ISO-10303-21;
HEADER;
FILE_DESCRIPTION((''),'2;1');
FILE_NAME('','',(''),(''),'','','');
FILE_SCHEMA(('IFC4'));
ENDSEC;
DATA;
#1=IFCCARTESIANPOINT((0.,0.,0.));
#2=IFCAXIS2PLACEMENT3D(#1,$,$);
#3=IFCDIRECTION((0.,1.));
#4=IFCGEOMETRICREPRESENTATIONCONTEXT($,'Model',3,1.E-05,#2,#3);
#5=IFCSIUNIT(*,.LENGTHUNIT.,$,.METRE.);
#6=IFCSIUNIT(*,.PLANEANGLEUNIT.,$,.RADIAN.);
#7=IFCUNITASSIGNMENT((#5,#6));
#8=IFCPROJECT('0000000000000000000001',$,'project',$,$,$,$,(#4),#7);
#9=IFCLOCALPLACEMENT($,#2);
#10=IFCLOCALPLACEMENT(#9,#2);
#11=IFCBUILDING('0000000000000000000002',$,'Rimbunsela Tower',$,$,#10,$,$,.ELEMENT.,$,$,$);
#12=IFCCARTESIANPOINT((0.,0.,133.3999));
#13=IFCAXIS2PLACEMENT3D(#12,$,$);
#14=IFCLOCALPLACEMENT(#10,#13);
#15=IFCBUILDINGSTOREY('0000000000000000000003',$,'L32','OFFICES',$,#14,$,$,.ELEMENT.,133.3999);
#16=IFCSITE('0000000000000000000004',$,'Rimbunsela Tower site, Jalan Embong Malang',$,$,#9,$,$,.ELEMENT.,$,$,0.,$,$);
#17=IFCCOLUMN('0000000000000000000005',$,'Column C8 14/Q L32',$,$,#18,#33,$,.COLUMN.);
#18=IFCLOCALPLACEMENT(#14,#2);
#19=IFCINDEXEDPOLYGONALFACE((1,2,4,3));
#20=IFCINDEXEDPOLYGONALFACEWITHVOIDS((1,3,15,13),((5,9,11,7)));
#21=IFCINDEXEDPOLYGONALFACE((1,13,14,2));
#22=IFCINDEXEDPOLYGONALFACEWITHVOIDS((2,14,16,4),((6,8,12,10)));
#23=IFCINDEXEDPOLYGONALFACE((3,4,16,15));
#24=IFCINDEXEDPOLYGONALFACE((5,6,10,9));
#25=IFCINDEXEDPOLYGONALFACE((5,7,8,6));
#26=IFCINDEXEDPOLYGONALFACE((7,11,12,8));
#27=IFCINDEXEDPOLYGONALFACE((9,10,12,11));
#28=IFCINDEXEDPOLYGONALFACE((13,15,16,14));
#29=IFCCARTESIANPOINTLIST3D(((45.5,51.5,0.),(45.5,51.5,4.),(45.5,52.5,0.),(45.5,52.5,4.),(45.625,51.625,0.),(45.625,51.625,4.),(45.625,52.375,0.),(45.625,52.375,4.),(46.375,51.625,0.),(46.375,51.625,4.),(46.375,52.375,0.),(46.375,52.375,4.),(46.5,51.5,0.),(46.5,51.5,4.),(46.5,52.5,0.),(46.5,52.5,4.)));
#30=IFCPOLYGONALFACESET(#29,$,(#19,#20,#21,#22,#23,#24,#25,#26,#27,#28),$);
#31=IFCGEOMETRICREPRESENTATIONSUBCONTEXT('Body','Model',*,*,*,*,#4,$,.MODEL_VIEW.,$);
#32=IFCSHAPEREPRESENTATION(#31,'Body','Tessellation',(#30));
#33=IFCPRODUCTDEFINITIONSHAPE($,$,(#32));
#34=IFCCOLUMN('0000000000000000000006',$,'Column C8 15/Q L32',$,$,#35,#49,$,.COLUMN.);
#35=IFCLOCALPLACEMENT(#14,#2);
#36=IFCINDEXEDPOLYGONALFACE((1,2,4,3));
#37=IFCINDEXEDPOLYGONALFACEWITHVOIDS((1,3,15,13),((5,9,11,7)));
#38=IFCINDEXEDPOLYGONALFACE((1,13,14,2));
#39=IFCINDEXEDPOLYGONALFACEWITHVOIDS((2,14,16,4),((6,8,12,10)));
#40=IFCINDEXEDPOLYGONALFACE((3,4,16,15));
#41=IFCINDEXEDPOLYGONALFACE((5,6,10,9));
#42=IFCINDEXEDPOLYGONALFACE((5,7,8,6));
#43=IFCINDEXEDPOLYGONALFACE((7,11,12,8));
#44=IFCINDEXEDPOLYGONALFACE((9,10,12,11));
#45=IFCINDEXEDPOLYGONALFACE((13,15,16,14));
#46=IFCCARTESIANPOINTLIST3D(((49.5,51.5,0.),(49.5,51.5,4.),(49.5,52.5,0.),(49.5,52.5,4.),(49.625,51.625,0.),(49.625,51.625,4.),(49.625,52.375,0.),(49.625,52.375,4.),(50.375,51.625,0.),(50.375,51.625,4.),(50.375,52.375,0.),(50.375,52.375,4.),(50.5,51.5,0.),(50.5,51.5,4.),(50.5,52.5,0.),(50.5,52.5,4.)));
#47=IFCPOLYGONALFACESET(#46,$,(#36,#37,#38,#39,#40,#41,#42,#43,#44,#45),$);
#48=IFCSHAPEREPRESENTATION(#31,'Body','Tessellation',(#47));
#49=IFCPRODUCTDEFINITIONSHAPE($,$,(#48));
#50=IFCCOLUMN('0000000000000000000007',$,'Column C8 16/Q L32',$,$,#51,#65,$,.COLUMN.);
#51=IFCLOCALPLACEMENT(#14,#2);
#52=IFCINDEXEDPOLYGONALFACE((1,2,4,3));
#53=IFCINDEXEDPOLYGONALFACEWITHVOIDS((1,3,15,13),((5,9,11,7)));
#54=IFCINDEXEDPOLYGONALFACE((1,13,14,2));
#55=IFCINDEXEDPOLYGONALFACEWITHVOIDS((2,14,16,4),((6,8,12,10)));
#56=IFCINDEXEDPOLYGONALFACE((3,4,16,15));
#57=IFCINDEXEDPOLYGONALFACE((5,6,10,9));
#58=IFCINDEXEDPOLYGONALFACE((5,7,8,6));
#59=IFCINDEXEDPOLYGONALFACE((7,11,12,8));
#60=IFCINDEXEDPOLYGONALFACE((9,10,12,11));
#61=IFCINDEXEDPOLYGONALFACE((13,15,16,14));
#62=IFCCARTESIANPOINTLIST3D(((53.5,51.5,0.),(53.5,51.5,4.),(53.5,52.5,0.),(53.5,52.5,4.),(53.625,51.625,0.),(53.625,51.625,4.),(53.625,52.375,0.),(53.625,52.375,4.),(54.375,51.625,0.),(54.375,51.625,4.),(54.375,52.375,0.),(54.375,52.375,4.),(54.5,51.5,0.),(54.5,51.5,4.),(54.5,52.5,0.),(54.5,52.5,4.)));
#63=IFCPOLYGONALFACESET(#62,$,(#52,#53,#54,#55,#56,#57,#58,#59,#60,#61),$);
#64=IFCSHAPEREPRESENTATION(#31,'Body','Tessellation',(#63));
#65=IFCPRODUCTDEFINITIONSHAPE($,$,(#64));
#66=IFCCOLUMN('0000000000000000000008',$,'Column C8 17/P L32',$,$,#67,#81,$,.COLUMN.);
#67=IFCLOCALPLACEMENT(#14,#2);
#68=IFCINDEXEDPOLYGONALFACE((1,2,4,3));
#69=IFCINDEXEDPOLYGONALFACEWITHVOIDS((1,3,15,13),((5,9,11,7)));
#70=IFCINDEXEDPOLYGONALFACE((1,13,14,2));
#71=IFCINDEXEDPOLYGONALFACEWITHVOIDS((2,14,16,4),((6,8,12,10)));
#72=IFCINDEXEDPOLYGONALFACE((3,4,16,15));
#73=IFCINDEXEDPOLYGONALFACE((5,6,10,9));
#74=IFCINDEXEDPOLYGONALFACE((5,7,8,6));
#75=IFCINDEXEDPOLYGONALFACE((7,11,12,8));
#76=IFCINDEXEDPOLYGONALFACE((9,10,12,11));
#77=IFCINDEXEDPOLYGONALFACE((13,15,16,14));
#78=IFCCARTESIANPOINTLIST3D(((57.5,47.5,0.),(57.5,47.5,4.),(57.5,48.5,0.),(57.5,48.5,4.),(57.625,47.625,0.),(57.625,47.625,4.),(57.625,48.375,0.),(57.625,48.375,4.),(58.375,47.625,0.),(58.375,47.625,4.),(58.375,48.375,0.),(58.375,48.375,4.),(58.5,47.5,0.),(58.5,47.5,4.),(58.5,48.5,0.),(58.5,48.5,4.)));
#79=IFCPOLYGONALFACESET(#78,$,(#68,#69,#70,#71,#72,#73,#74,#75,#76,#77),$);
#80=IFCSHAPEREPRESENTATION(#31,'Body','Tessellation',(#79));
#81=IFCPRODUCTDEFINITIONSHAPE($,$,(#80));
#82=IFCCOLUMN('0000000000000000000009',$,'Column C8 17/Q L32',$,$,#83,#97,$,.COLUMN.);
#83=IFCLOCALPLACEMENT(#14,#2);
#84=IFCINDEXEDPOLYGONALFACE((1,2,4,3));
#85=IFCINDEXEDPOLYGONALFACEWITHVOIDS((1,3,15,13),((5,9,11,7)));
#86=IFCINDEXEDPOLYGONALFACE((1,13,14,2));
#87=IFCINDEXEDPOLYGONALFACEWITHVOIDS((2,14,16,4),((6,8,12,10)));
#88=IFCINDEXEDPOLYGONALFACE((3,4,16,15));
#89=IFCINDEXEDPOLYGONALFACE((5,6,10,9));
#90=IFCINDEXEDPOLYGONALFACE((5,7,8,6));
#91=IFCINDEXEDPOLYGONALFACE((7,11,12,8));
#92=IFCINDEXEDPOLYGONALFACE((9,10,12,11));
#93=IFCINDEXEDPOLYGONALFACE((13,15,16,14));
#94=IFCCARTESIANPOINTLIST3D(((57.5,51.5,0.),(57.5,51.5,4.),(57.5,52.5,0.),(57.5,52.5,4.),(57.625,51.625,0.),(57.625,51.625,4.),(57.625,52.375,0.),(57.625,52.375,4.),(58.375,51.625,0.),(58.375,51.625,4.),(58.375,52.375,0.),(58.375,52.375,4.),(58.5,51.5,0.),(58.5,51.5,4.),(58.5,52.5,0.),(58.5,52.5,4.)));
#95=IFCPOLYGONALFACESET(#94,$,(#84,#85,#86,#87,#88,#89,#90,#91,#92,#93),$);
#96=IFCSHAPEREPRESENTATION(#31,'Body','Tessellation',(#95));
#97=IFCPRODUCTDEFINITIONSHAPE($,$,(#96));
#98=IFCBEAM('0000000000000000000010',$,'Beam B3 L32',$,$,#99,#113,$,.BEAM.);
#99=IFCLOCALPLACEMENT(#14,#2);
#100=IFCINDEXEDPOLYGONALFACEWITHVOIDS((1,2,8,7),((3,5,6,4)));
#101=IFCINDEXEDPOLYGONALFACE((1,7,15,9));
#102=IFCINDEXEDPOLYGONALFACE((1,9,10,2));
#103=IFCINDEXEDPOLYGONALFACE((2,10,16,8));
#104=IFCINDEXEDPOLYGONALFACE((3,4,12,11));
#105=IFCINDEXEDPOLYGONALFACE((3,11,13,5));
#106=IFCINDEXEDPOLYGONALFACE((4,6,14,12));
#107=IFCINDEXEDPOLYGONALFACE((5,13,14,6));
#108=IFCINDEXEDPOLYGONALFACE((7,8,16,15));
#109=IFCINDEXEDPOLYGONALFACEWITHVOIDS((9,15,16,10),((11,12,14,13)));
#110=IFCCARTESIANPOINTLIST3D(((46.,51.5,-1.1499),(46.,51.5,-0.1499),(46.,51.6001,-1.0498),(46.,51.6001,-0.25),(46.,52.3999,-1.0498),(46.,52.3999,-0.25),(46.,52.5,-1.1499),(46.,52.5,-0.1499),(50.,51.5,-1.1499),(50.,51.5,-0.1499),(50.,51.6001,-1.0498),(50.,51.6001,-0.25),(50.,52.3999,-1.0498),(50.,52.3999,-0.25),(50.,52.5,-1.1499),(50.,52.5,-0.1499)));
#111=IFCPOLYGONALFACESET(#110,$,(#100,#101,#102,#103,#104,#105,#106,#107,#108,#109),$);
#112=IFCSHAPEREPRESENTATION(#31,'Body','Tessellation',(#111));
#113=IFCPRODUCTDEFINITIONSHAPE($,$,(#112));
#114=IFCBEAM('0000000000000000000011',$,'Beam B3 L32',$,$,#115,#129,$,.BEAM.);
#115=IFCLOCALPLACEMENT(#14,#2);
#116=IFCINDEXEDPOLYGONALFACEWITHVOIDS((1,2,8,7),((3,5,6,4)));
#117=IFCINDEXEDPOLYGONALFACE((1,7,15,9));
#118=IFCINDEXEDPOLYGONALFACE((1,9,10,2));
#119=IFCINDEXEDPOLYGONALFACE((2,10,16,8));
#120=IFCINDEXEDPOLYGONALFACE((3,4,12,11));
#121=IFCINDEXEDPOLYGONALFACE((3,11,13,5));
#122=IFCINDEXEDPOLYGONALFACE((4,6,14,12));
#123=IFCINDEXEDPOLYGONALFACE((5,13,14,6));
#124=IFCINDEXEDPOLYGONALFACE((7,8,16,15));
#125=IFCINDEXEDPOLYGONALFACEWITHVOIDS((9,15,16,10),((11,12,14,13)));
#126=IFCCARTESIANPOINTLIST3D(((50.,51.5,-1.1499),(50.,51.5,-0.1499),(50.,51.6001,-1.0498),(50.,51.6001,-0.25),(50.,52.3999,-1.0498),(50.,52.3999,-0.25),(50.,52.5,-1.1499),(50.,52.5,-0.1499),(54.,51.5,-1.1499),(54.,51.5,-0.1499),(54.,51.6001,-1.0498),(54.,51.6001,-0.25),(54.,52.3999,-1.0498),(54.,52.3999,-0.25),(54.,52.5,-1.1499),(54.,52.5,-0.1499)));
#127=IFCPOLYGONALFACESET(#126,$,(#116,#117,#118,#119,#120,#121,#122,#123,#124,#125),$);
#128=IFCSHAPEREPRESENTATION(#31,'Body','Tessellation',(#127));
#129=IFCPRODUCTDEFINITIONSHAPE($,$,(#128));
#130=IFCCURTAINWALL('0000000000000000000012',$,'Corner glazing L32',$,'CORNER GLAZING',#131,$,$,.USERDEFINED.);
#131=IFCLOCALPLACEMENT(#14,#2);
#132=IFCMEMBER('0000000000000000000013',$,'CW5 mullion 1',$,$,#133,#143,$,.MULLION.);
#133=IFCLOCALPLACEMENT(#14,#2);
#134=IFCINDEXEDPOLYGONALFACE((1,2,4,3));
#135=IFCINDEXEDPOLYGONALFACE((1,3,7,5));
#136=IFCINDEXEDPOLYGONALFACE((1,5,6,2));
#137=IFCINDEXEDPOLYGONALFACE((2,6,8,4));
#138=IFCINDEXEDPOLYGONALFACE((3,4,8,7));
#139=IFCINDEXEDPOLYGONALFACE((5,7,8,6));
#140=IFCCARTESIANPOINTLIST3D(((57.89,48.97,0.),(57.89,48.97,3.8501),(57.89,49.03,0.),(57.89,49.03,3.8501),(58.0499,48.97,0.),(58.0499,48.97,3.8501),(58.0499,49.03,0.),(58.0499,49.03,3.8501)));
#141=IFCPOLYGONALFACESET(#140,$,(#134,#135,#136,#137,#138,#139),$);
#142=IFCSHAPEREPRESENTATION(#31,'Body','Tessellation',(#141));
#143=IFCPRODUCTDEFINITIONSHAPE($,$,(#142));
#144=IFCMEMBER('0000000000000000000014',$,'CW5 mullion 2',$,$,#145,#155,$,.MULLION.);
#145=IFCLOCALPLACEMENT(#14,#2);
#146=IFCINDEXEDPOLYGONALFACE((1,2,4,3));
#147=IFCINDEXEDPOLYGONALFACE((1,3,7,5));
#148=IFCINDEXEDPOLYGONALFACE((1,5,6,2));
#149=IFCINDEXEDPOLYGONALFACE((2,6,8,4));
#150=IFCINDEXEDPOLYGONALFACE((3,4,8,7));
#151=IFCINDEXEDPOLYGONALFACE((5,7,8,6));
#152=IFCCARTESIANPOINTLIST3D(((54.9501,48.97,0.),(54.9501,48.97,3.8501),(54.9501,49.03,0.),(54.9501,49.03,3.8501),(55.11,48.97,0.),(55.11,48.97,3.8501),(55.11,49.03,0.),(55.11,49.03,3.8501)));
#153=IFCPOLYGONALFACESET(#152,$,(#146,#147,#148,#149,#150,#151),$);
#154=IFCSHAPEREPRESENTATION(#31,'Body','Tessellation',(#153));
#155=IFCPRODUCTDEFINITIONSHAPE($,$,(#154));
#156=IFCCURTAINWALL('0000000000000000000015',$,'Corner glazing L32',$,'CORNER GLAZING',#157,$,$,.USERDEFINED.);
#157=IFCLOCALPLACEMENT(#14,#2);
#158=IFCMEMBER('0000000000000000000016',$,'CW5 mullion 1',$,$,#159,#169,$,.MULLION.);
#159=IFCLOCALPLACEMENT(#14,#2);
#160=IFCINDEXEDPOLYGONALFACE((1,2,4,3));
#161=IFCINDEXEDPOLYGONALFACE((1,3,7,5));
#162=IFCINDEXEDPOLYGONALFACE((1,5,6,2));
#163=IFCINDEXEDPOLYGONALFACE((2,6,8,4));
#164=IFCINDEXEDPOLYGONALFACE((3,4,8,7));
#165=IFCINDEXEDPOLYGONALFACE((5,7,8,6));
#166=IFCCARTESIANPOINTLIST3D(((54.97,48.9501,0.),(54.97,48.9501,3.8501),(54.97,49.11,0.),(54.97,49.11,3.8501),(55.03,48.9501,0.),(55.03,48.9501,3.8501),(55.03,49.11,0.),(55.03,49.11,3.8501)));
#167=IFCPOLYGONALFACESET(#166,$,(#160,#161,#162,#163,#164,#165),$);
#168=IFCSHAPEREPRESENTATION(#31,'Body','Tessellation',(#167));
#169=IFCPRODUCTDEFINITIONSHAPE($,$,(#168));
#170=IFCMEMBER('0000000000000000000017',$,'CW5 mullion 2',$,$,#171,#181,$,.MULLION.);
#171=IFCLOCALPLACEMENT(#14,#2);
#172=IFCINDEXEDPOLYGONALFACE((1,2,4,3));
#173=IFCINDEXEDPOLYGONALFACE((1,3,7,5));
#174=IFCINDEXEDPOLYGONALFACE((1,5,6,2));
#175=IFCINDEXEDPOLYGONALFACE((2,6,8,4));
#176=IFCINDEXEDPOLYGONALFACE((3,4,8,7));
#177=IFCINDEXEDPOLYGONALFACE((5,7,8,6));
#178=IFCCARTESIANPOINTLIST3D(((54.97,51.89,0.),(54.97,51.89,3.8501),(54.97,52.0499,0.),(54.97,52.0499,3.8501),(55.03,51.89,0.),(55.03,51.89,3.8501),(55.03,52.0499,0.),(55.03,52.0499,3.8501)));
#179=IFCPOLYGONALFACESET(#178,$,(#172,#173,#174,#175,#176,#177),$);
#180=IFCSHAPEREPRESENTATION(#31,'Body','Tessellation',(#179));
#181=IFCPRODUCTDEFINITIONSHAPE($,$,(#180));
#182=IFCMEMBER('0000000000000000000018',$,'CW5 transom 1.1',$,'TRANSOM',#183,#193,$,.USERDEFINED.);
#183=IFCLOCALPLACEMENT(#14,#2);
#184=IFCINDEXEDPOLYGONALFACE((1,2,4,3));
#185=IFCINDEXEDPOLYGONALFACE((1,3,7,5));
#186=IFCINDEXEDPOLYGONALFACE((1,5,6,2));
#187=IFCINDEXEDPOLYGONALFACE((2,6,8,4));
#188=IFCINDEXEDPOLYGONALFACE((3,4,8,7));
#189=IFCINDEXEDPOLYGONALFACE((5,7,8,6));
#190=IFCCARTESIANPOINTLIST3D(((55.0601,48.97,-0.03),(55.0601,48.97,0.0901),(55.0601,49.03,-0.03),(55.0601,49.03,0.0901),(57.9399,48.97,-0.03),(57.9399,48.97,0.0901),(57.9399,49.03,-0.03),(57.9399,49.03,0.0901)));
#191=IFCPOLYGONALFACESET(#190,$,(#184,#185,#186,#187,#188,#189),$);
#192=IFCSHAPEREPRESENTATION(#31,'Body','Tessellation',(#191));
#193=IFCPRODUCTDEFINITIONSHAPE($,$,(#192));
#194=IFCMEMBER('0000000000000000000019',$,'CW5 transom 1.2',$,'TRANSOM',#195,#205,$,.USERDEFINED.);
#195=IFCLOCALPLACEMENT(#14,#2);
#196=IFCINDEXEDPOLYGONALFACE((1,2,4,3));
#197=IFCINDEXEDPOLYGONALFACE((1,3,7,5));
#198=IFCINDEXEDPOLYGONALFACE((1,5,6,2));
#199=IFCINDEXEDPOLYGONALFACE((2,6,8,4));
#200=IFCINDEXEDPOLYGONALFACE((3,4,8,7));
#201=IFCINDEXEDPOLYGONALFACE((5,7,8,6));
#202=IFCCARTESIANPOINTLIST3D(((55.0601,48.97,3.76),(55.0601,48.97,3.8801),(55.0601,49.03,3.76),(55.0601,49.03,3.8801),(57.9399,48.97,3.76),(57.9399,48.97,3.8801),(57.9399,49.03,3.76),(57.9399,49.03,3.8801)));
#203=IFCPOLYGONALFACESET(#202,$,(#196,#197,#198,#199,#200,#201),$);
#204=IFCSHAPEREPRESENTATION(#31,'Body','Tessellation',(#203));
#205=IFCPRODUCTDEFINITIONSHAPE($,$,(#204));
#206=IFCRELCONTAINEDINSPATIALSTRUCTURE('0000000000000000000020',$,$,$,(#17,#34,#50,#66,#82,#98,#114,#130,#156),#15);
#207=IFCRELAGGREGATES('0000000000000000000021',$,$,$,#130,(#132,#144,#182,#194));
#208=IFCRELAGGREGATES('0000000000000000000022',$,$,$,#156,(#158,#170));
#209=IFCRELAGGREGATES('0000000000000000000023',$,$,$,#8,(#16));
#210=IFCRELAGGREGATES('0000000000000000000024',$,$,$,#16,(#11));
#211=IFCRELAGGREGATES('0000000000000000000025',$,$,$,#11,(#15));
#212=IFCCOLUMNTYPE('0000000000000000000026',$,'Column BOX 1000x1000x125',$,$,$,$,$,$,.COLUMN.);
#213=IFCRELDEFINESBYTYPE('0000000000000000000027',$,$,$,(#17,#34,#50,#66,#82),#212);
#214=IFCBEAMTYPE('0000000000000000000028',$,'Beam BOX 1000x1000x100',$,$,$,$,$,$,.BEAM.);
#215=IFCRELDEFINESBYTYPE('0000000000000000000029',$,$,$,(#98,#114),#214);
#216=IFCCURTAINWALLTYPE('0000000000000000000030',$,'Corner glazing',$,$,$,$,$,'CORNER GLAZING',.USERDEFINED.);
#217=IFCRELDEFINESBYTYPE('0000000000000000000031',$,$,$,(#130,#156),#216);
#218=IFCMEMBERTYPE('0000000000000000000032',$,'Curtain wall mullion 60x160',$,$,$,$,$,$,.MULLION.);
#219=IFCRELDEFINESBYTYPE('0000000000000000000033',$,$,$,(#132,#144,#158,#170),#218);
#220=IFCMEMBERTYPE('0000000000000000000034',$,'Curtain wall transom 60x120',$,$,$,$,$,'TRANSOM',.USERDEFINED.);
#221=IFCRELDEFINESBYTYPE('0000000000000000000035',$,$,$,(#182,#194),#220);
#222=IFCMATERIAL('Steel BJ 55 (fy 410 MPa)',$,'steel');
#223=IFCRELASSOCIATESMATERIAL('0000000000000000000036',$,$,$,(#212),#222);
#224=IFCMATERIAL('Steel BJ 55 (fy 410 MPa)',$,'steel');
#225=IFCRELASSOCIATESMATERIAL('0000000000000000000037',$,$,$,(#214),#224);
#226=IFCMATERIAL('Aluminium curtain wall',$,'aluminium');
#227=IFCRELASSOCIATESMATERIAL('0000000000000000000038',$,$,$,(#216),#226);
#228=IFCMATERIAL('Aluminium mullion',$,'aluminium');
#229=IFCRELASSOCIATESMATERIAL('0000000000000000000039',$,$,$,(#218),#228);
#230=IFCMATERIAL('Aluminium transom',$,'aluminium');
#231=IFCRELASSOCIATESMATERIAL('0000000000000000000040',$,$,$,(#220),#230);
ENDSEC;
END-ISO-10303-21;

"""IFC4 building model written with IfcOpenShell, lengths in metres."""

from ifc_helpers import new_model, si_unit, direction, frame, origin, origin_2d, place, context, subcontext, project, spatial, rectangle, hollow_rectangle, extrude, material, material_profile, profile_set, type_object, element, aggregate, save


model = new_model("IFC4")

# Units and contexts
model_context = context("Model", 3, precision=1e-05, world=origin(), true_north=direction((0.0, 1.0)))
body_context = subcontext(model_context, "Body", "Model", "MODEL_VIEW")
ifc_project = project(units=[si_unit("LENGTHUNIT", "METRE"), si_unit("PLANEANGLEUNIT", "RADIAN")], contexts=[model_context])

# Site, building, storey
site_placement = place(None, origin())
site = spatial("IfcSite", under=ifc_project, at=site_placement, Name="Rimbunsela Tower site, Jalan Embong Malang", CompositionType="ELEMENT", RefElevation=0.0)
building_placement = place(site_placement, origin())
building = spatial("IfcBuilding", under=site, at=building_placement, Name="Rimbunsela Tower", CompositionType="ELEMENT")
storey_placement = place(building_placement, frame((0.0, 0.0, 133.3999)))
storey = spatial("IfcBuildingStorey", under=building, at=storey_placement, Name="L32", Description="OFFICES", CompositionType="ELEMENT", Elevation=133.3999)

# Columns
ifc_material_1 = material(Name="Steel BJ 55 (fy 410 MPa)", Category="steel")
ifc_material_profile_1 = material_profile(ifc_material_1, hollow_rectangle(XDim=1.0, YDim=1.0, WallThickness=0.125, at=origin_2d()), Name="BOX 1000x1000x125")
ifc_profile_set_1 = profile_set([ifc_material_profile_1], Name="Steel BJ 55 (fy 410 MPa)")
column_type = type_object("IfcColumnType", Name="Column BOX 1000x1000x125", PredefinedType="COLUMN", material=ifc_profile_set_1)
for number, where, z_axis, x_axis, name in (
    (1, (46.0, 52.0, 0.0), (0.0, 0.0, 1.0), (1.0, 0.0, 0.0), "Column C8 14/Q L32"),
    (2, (50.0, 52.0, 0.0), (0.0, 0.0, 1.0), (1.0, 0.0, 0.0), "Column C8 15/Q L32"),
    (3, (54.0, 52.0, 0.0), (0.0, 0.0, 1.0), (1.0, 0.0, 0.0), "Column C8 16/Q L32"),
    (4, (58.0, 48.0, 0.0), (0.0, 0.0, 1.0), (1.0, 0.0, 0.0), "Column C8 17/P L32"),
    (5, (58.0, 52.0, 0.0), (0.0, 0.0, 1.0), (1.0, 0.0, 0.0), "Column C8 17/Q L32"),
):
    element("IfcColumn", number, at=place(storey_placement, frame(where, z_axis=z_axis, x_axis=x_axis)), inside=storey, type_object=column_type, Name=name, PredefinedType="COLUMN", context=body_context, shape_type="SweptSolid", body=[
        extrude(hollow_rectangle(XDim=1.0, YDim=1.0, WallThickness=0.125, at=origin_2d()), origin(), (0.0, 0.0, 1.0), 4.0),
    ])

# Beams
ifc_material_2 = material(Name="Steel BJ 55 (fy 410 MPa)", Category="steel")
ifc_material_profile_2 = material_profile(ifc_material_2, hollow_rectangle(XDim=1.0, YDim=1.0, WallThickness=0.1001, at=origin_2d()), Name="BOX 1000x1000x100")
ifc_profile_set_2 = profile_set([ifc_material_profile_2], Name="Steel BJ 55 (fy 410 MPa)")
beam_type = type_object("IfcBeamType", Name="Beam BOX 1000x1000x100", PredefinedType="BEAM", material=ifc_profile_set_2)
for number, where, z_axis, x_axis, name in (
    (6, (46.0, 52.0, -0.6499), (1.0, 0.0, 0.0), (0.0, 1.0, 0.0), "Beam B3 L32"),
    (7, (50.0, 52.0, -0.6499), (1.0, 0.0, 0.0), (0.0, 1.0, 0.0), "Beam B3 L32"),
):
    element("IfcBeam", number, at=place(storey_placement, frame(where, z_axis=z_axis, x_axis=x_axis)), inside=storey, type_object=beam_type, Name=name, PredefinedType="BEAM", context=body_context, shape_type="SweptSolid", body=[
        extrude(hollow_rectangle(XDim=1.0, YDim=1.0, WallThickness=0.1001, at=origin_2d()), origin(), (0.0, 0.0, 1.0), 4.0),
    ])

# Curtain walls, members
ifc_material_3 = material(Name="Aluminium curtain wall", Category="aluminium")
curtain_wall_type = type_object("IfcCurtainWallType", Name="Corner glazing", ElementType="CORNER GLAZING", PredefinedType="USERDEFINED", material=ifc_material_3)
curtain_wall_1_placement = place(storey_placement, origin())
curtain_wall_1 = element("IfcCurtainWall", 8, at=curtain_wall_1_placement, inside=storey, type_object=curtain_wall_type, Name="Corner glazing L32", ObjectType="CORNER GLAZING", PredefinedType="USERDEFINED")
ifc_material_4 = material(Name="Aluminium mullion", Category="aluminium")
ifc_material_profile_3 = material_profile(ifc_material_4, rectangle(XDim=0.0601, YDim=0.1599, at=origin_2d()), Name="Mullion 60x160")
ifc_profile_set_3 = profile_set([ifc_material_profile_3], Name="Aluminium mullion")
member_type_1 = type_object("IfcMemberType", Name="Curtain wall mullion 60x160", PredefinedType="MULLION", material=ifc_profile_set_3)
member_1_placement = place(storey_placement, frame((57.97, 49.0, 0.0), z_axis=(0.0, 0.0, 1.0), x_axis=(0.0, -1.0, 0.0)))
member_1 = element("IfcMember", 9, at=member_1_placement, type_object=member_type_1, Name="CW5 mullion 1", PredefinedType="MULLION", context=body_context, shape_type="SweptSolid", body=[
    extrude(rectangle(XDim=0.0601, YDim=0.1599, at=origin_2d()), origin(), (0.0, 0.0, 1.0), 3.8501),
])
member_2_placement = place(storey_placement, frame((55.03, 49.0, 0.0), z_axis=(0.0, 0.0, 1.0), x_axis=(0.0, -1.0, 0.0)))
member_2 = element("IfcMember", 10, at=member_2_placement, type_object=member_type_1, Name="CW5 mullion 2", PredefinedType="MULLION", context=body_context, shape_type="SweptSolid", body=[
    extrude(rectangle(XDim=0.0601, YDim=0.1599, at=origin_2d()), origin(), (0.0, 0.0, 1.0), 3.8501),
])
curtain_wall_2_placement = place(storey_placement, origin())
curtain_wall_2 = element("IfcCurtainWall", 11, at=curtain_wall_2_placement, inside=storey, type_object=curtain_wall_type, Name="Corner glazing L32", ObjectType="CORNER GLAZING", PredefinedType="USERDEFINED")
member_3_placement = place(storey_placement, frame((55.0, 49.03, 0.0), z_axis=(0.0, 0.0, 1.0), x_axis=(-1.0, 0.0, 0.0)))
member_3 = element("IfcMember", 12, at=member_3_placement, type_object=member_type_1, Name="CW5 mullion 1", PredefinedType="MULLION", context=body_context, shape_type="SweptSolid", body=[
    extrude(rectangle(XDim=0.0601, YDim=0.1599, at=origin_2d()), origin(), (0.0, 0.0, 1.0), 3.8501),
])
member_4_placement = place(storey_placement, frame((55.0, 51.97, 0.0), z_axis=(0.0, 0.0, 1.0), x_axis=(-1.0, 0.0, 0.0)))
member_4 = element("IfcMember", 13, at=member_4_placement, type_object=member_type_1, Name="CW5 mullion 2", PredefinedType="MULLION", context=body_context, shape_type="SweptSolid", body=[
    extrude(rectangle(XDim=0.0601, YDim=0.1599, at=origin_2d()), origin(), (0.0, 0.0, 1.0), 3.8501),
])

# Members
ifc_material_5 = material(Name="Aluminium transom", Category="aluminium")
ifc_material_profile_4 = material_profile(ifc_material_5, rectangle(XDim=0.0601, YDim=0.1201, at=origin_2d()), Name="Transom 60x120")
ifc_profile_set_4 = profile_set([ifc_material_profile_4], Name="Aluminium transom")
member_type_2 = type_object("IfcMemberType", Name="Curtain wall transom 60x120", ElementType="TRANSOM", PredefinedType="USERDEFINED", material=ifc_profile_set_4)
member_5_placement = place(storey_placement, frame((57.9399, 49.0, 0.03), z_axis=(-1.0, 0.0, 0.0), x_axis=(0.0, -1.0, 0.0)))
member_5 = element("IfcMember", 14, at=member_5_placement, type_object=member_type_2, Name="CW5 transom 1.1", ObjectType="TRANSOM", PredefinedType="USERDEFINED", context=body_context, shape_type="SweptSolid", body=[
    extrude(rectangle(XDim=0.0601, YDim=0.1201, at=origin_2d()), origin(), (0.0, 0.0, 1.0), 2.8799),
])
member_6_placement = place(storey_placement, frame((57.9399, 49.0, 3.8201), z_axis=(-1.0, 0.0, 0.0), x_axis=(0.0, -1.0, 0.0)))
member_6 = element("IfcMember", 15, at=member_6_placement, type_object=member_type_2, Name="CW5 transom 1.2", ObjectType="TRANSOM", PredefinedType="USERDEFINED", context=body_context, shape_type="SweptSolid", body=[
    extrude(rectangle(XDim=0.0601, YDim=0.1201, at=origin_2d()), origin(), (0.0, 0.0, 1.0), 2.8799),
])

aggregate(curtain_wall_1, [member_1, member_2, member_5, member_6])
aggregate(curtain_wall_2, [member_3, member_4])

save(model, "model.ifc")
